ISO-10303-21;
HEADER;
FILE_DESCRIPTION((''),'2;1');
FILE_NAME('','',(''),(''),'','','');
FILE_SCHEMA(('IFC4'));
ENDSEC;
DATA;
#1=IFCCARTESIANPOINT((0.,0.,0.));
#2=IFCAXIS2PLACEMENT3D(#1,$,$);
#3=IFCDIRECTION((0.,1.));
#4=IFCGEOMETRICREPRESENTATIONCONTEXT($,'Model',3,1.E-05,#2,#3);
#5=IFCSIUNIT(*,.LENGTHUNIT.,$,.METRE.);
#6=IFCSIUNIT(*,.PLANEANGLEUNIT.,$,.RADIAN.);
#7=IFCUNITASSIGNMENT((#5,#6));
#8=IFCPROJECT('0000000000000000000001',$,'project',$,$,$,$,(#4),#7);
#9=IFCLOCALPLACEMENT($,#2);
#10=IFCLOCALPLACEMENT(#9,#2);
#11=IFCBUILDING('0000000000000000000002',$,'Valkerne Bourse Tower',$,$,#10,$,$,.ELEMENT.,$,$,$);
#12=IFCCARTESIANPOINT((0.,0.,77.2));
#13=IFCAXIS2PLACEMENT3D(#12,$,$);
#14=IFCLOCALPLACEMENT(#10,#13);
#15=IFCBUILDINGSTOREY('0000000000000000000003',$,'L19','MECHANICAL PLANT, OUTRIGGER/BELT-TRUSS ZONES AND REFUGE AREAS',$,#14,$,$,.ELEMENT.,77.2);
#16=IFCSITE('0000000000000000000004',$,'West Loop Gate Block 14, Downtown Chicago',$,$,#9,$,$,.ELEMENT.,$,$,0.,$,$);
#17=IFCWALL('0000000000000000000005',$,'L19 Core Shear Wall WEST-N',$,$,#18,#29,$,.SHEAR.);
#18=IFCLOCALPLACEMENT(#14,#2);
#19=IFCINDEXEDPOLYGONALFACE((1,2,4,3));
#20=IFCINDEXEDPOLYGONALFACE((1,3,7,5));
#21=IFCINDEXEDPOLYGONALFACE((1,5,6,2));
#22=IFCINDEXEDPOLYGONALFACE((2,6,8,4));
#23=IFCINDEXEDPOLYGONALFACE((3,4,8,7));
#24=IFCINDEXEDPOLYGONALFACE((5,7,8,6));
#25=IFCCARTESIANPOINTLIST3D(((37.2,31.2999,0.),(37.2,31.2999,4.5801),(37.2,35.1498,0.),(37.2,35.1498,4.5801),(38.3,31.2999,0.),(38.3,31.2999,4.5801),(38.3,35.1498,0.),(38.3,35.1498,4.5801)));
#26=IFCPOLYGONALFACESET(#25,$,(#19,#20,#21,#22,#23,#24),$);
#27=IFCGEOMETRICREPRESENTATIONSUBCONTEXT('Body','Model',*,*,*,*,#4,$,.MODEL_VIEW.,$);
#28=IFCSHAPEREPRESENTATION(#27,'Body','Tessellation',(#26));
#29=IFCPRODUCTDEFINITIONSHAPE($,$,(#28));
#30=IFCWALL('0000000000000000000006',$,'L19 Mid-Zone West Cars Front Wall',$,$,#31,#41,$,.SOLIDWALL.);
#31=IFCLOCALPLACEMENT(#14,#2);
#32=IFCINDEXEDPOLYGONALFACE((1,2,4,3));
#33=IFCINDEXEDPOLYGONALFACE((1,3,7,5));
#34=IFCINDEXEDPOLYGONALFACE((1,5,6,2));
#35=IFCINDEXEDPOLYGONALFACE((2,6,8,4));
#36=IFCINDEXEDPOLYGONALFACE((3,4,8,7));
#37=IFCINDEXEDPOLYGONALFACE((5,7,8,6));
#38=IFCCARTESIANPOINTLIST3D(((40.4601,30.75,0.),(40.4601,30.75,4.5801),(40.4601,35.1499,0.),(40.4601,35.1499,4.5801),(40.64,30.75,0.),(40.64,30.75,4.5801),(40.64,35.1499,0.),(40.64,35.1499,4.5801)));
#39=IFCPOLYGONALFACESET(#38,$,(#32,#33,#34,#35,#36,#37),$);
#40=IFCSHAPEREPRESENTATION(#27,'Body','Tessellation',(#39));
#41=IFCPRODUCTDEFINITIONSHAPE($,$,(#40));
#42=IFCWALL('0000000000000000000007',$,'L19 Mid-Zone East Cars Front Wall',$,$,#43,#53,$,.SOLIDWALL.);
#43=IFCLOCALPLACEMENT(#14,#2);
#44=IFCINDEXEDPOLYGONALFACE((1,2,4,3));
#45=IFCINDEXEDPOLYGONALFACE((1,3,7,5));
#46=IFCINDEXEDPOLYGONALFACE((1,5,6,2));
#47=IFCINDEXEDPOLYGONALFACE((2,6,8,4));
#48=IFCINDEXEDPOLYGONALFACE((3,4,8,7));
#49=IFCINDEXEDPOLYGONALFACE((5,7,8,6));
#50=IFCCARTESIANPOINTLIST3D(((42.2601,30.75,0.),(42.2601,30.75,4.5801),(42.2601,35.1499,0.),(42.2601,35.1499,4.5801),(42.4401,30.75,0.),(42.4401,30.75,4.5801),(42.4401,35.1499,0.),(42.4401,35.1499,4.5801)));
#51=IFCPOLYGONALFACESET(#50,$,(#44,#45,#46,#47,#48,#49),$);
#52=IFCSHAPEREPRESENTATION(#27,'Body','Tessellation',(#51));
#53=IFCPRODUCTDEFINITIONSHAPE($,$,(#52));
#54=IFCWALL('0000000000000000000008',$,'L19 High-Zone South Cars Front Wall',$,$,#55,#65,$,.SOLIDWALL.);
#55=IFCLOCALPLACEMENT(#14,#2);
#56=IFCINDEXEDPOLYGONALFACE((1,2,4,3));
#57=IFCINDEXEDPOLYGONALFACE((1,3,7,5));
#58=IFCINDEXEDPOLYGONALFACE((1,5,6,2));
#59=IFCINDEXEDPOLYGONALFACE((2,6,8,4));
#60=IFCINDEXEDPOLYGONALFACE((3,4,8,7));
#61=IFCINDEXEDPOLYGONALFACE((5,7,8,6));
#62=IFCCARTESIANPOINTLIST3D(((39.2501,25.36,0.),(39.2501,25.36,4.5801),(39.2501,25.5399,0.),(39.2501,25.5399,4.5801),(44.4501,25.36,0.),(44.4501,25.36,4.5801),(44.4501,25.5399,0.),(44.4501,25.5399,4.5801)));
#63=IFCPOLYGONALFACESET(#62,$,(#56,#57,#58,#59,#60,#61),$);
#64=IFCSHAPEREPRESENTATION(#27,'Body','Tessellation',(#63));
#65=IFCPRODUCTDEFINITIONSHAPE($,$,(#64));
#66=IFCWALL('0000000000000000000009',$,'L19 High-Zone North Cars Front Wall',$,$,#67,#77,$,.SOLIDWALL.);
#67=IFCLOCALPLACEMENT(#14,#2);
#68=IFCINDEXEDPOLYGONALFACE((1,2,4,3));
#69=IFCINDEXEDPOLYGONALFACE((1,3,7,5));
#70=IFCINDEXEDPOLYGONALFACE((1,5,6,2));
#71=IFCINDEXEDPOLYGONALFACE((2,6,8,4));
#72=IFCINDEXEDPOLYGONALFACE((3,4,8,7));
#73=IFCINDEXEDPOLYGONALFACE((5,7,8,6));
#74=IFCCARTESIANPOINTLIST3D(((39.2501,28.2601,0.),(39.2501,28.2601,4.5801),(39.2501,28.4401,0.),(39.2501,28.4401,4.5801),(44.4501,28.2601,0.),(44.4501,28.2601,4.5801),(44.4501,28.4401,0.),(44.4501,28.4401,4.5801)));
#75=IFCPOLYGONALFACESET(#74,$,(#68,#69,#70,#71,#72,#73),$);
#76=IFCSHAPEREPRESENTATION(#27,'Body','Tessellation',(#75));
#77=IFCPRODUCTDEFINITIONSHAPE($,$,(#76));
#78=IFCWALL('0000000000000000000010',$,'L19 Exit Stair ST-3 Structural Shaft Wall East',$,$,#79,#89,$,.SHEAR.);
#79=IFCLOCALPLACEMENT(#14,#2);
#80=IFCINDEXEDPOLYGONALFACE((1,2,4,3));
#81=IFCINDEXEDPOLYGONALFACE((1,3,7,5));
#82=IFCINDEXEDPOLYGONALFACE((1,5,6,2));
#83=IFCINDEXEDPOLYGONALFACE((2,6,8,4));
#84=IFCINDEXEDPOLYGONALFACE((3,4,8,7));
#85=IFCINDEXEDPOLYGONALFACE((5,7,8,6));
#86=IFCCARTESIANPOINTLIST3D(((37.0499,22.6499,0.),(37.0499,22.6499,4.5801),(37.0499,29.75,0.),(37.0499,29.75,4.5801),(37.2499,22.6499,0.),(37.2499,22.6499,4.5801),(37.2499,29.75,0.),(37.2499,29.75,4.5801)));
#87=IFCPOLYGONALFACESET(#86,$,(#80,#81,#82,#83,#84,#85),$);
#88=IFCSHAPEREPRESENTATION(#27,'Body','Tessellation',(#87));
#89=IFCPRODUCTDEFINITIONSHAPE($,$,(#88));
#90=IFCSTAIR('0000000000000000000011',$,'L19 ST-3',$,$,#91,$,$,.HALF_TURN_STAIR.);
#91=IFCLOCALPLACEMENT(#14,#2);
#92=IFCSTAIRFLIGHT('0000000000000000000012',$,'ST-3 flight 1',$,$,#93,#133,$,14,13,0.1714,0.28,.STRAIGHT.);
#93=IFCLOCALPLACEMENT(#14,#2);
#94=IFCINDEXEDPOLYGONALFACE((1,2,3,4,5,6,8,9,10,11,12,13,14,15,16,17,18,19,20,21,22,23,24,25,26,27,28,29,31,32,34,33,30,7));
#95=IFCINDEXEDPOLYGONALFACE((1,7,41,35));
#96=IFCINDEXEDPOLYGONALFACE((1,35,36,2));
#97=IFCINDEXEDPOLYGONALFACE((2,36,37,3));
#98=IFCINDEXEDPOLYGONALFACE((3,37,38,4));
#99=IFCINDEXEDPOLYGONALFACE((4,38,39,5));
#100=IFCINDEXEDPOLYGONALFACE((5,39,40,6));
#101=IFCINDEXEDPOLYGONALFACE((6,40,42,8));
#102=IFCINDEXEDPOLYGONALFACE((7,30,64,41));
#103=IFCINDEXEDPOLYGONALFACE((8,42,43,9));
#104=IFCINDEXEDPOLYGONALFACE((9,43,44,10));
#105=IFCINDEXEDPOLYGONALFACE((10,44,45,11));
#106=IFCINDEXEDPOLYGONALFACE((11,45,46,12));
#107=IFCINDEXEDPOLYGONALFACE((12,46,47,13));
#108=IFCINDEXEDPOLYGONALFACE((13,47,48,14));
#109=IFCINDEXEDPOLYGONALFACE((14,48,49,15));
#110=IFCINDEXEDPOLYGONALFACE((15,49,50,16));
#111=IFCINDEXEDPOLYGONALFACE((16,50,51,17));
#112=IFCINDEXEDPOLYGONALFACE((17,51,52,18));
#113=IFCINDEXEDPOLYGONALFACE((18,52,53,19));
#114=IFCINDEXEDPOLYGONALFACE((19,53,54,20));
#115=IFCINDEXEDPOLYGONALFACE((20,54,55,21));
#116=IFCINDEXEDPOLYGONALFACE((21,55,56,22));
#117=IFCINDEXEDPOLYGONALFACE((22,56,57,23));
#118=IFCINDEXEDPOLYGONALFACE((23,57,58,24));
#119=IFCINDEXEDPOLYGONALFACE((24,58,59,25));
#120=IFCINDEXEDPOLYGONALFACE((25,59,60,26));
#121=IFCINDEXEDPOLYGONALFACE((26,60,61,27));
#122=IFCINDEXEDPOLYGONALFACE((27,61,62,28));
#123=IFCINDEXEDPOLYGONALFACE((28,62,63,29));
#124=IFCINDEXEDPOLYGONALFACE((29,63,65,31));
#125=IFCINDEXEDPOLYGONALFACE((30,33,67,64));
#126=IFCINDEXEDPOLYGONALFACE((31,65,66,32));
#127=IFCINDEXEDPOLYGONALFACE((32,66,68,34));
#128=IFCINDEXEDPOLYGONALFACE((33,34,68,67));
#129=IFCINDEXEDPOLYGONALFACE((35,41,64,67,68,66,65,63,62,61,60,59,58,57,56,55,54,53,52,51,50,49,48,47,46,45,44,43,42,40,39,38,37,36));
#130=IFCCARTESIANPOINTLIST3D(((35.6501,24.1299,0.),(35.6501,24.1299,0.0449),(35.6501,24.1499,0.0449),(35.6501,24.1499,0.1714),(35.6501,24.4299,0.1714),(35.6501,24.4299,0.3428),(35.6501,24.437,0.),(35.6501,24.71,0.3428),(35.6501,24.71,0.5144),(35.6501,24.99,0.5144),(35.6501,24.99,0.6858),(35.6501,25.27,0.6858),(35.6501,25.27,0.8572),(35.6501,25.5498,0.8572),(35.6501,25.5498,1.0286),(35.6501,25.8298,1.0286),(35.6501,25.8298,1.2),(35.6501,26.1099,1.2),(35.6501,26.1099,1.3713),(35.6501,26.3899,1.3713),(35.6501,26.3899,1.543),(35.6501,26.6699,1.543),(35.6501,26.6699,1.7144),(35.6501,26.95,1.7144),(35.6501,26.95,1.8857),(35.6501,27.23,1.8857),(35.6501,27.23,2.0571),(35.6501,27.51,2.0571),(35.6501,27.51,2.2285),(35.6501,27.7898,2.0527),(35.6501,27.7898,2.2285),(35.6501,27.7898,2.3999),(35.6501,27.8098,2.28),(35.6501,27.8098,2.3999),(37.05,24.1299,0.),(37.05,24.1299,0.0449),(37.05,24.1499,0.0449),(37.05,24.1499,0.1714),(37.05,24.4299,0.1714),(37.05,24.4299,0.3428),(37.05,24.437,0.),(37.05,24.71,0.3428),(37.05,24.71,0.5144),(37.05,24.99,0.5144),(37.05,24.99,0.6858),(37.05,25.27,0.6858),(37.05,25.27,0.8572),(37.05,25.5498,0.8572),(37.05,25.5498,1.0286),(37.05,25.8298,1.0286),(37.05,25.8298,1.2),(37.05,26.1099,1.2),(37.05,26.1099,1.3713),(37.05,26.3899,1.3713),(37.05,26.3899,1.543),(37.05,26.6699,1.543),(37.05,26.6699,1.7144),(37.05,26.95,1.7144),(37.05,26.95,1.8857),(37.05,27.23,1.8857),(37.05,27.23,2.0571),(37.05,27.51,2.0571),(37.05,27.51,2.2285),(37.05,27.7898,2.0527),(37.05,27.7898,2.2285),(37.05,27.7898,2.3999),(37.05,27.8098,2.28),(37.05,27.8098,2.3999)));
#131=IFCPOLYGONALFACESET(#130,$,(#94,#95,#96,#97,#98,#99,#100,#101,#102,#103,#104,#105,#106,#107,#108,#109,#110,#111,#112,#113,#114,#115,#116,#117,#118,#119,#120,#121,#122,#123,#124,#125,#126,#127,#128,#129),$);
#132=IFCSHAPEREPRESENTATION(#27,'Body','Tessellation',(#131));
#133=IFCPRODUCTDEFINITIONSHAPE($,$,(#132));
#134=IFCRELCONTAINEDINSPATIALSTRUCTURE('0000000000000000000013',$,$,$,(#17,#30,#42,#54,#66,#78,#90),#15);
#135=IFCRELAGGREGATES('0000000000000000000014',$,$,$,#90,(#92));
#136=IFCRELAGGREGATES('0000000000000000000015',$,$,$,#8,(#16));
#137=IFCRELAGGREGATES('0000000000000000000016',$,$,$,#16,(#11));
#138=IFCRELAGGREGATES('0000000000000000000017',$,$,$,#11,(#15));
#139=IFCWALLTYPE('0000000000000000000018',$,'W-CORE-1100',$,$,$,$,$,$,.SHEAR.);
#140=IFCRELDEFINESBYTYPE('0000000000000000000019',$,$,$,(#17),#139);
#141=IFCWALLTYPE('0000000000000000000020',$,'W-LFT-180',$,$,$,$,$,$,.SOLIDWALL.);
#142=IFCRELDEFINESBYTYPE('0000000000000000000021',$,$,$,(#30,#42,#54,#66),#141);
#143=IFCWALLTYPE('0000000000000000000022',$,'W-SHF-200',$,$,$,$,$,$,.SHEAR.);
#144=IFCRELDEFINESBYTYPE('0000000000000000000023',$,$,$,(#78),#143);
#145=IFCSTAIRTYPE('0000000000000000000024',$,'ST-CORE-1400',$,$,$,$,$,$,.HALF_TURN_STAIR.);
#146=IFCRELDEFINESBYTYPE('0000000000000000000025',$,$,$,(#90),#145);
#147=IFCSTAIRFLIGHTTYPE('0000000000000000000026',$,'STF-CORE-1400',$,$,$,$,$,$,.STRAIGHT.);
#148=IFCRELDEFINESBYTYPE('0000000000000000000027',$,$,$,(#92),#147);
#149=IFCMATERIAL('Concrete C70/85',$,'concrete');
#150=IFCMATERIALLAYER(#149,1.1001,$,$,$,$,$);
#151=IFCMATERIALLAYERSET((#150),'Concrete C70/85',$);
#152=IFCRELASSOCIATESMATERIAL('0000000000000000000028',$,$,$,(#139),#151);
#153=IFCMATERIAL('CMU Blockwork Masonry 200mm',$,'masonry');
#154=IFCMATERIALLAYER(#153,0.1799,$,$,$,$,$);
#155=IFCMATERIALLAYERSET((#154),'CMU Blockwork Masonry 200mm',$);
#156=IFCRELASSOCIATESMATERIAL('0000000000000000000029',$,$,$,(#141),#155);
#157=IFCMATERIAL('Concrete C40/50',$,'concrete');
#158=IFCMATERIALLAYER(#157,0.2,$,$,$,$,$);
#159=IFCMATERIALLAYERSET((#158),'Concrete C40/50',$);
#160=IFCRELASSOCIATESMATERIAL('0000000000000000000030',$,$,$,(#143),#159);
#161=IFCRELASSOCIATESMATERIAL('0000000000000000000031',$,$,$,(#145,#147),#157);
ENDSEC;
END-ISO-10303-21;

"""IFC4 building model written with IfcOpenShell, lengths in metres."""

from ifc_helpers import new_model, si_unit, direction, frame, frame_2d, origin, place, context, subcontext, project, spatial, polyline, rectangle, outline, extrude, material, layer, layer_set, type_object, element, aggregate, save


model = new_model("IFC4")

# Units and contexts
model_context = context("Model", 3, precision=1e-05, world=origin(), true_north=direction((0.0, 1.0)))
body_context = subcontext(model_context, "Body", "Model", "MODEL_VIEW")
ifc_project = project(units=[si_unit("LENGTHUNIT", "METRE"), si_unit("PLANEANGLEUNIT", "RADIAN")], contexts=[model_context])

# Site, building, storey
site_placement = place(None, origin())
site = spatial("IfcSite", under=ifc_project, at=site_placement, Name="West Loop Gate Block 14, Downtown Chicago", CompositionType="ELEMENT", RefElevation=0.0)
building_placement = place(site_placement, origin())
building = spatial("IfcBuilding", under=site, at=building_placement, Name="Valkerne Bourse Tower", CompositionType="ELEMENT")
storey_placement = place(building_placement, frame((0.0, 0.0, 77.2)))
storey = spatial("IfcBuildingStorey", under=building, at=storey_placement, Name="L19", Description="MECHANICAL PLANT, OUTRIGGER/BELT-TRUSS ZONES AND REFUGE AREAS", CompositionType="ELEMENT", Elevation=77.2)

# Shared definitions
ifc_material_1 = material(Name="Concrete C70/85", Category="concrete")
ifc_layer_1 = layer(ifc_material_1, 1.1001)
ifc_layer_set_1 = layer_set([ifc_layer_1], Name="Concrete C70/85")
wall_type_1 = type_object("IfcWallType", Name="W-CORE-1100", PredefinedType="SHEAR", material=ifc_layer_set_1)

# Walls
wall_1_placement = place(storey_placement, frame((37.75, 31.3, 0.0), z_axis=(0.0, 0.0, 1.0), x_axis=(0.0, 1.0, 0.0)))
element("IfcWall", 1, at=wall_1_placement, inside=storey, type_object=wall_type_1, Name="L19 Core Shear Wall WEST-N", PredefinedType="SHEAR", context=body_context, shape_type="SweptSolid", body=[
    extrude(rectangle(XDim=3.8499, YDim=1.1001, at=frame_2d((1.9248, 0.0))), origin(), (0.0, 0.0, 1.0), 4.5801),
])
ifc_material_2 = material(Name="CMU Blockwork Masonry 200mm", Category="masonry")
ifc_layer_2 = layer(ifc_material_2, 0.1799)
ifc_layer_set_2 = layer_set([ifc_layer_2], Name="CMU Blockwork Masonry 200mm")
wall_type_2 = type_object("IfcWallType", Name="W-LFT-180", PredefinedType="SOLIDWALL", material=ifc_layer_set_2)
for number, where, z_axis, x_axis, name in (
    (2, (40.55, 30.75, 0.0), (0.0, 0.0, 1.0), (0.0, 1.0, 0.0), "L19 Mid-Zone West Cars Front Wall"),
    (3, (42.3501, 30.75, 0.0), (0.0, 0.0, 1.0), (0.0, 1.0, 0.0), "L19 Mid-Zone East Cars Front Wall"),
):
    element("IfcWall", number, at=place(storey_placement, frame(where, z_axis=z_axis, x_axis=x_axis)), inside=storey, type_object=wall_type_2, Name=name, PredefinedType="SOLIDWALL", context=body_context, shape_type="SweptSolid", body=[
        extrude(rectangle(XDim=4.3999, YDim=0.1799, at=frame_2d((2.2, 0.0))), origin(), (0.0, 0.0, 1.0), 4.5801),
    ])
for number, where, z_axis, x_axis, name in (
    (4, (39.25, 25.45, 0.0), (0.0, 0.0, 1.0), (1.0, 0.0, 0.0), "L19 High-Zone South Cars Front Wall"),
    (5, (39.25, 28.3501, 0.0), (0.0, 0.0, 1.0), (1.0, 0.0, 0.0), "L19 High-Zone North Cars Front Wall"),
):
    element("IfcWall", number, at=place(storey_placement, frame(where, z_axis=z_axis, x_axis=x_axis)), inside=storey, type_object=wall_type_2, Name=name, PredefinedType="SOLIDWALL", context=body_context, shape_type="SweptSolid", body=[
        extrude(rectangle(XDim=5.2, YDim=0.1799, at=frame_2d((2.6001, 0.0))), origin(), (0.0, 0.0, 1.0), 4.5801),
    ])
ifc_material_3 = material(Name="Concrete C40/50", Category="concrete")
ifc_layer_3 = layer(ifc_material_3, 0.2)
ifc_layer_set_3 = layer_set([ifc_layer_3], Name="Concrete C40/50")
wall_type_3 = type_object("IfcWallType", Name="W-SHF-200", PredefinedType="SHEAR", material=ifc_layer_set_3)
wall_2_placement = place(storey_placement, frame((37.1499, 22.6499, 0.0), z_axis=(0.0, 0.0, 1.0), x_axis=(0.0, 1.0, 0.0)))
element("IfcWall", 6, at=wall_2_placement, inside=storey, type_object=wall_type_3, Name="L19 Exit Stair ST-3 Structural Shaft Wall East", PredefinedType="SHEAR", context=body_context, shape_type="SweptSolid", body=[
    extrude(rectangle(XDim=7.1001, YDim=0.2, at=frame_2d((3.55, 0.0))), origin(), (0.0, 0.0, 1.0), 4.5801),
])

# Stair, stair flight
stair_type = type_object("IfcStairType", Name="ST-CORE-1400", PredefinedType="HALF_TURN_STAIR", material=ifc_material_3)
stair_placement = place(storey_placement, origin())
stair = element("IfcStair", 7, at=stair_placement, inside=storey, type_object=stair_type, Name="L19 ST-3", PredefinedType="HALF_TURN_STAIR")
stair_flight_type = type_object("IfcStairFlightType", Name="STF-CORE-1400", PredefinedType="STRAIGHT", material=ifc_material_3)
stair_flight_placement = place(storey_placement, frame((36.3501, 24.1499, 0.0), z_axis=(0.0, 0.0, 1.0), x_axis=(0.0, 1.0, 0.0)))
stair_flight = element("IfcStairFlight", 8, at=stair_flight_placement, type_object=stair_flight_type, Name="ST-3 flight 1", NumberOfRisers=14, NumberOfTreads=13, PredefinedType="STRAIGHT", RiserHeight=0.1714, TreadLength=0.28, context=body_context, shape_type="SweptSolid", body=[
    extrude(outline(polyline([(-0.02, 0.0), (-0.02, 0.0449), (0.0, 0.0449), (0.0, 0.1714), (0.28, 0.1714), (0.28, 0.3428), (0.5601, 0.3428), (0.5601, 0.5144), (0.8401, 0.5144), (0.8401, 0.6858), (1.1201, 0.6858), (1.1201, 0.8572), (1.3999, 0.8572), (1.3999, 1.0286), (1.6799, 1.0286), (1.6799, 1.2), (1.96, 1.2), (1.96, 1.3713), (2.24, 1.3713), (2.24, 1.543), (2.52, 1.543), (2.52, 1.7144), (2.8, 1.7144), (2.8, 1.8857), (3.0801, 1.8857), (3.0801, 2.0571), (3.3601, 2.0571), (3.3601, 2.2285), (3.6399, 2.2285), (3.6399, 2.3999), (3.6599, 2.3999), (3.6599, 2.28), (3.6399, 2.0527), (0.2871, 0.0), (-0.02, 0.0)])), frame((0.0, 0.7, 0.0), z_axis=(0.0, -1.0, 0.0), x_axis=(1.0, 0.0, 0.0)), (0.0, 0.0, 1.0), 1.3999),
])
aggregate(stair, [stair_flight])

save(model, "model.ifc")
